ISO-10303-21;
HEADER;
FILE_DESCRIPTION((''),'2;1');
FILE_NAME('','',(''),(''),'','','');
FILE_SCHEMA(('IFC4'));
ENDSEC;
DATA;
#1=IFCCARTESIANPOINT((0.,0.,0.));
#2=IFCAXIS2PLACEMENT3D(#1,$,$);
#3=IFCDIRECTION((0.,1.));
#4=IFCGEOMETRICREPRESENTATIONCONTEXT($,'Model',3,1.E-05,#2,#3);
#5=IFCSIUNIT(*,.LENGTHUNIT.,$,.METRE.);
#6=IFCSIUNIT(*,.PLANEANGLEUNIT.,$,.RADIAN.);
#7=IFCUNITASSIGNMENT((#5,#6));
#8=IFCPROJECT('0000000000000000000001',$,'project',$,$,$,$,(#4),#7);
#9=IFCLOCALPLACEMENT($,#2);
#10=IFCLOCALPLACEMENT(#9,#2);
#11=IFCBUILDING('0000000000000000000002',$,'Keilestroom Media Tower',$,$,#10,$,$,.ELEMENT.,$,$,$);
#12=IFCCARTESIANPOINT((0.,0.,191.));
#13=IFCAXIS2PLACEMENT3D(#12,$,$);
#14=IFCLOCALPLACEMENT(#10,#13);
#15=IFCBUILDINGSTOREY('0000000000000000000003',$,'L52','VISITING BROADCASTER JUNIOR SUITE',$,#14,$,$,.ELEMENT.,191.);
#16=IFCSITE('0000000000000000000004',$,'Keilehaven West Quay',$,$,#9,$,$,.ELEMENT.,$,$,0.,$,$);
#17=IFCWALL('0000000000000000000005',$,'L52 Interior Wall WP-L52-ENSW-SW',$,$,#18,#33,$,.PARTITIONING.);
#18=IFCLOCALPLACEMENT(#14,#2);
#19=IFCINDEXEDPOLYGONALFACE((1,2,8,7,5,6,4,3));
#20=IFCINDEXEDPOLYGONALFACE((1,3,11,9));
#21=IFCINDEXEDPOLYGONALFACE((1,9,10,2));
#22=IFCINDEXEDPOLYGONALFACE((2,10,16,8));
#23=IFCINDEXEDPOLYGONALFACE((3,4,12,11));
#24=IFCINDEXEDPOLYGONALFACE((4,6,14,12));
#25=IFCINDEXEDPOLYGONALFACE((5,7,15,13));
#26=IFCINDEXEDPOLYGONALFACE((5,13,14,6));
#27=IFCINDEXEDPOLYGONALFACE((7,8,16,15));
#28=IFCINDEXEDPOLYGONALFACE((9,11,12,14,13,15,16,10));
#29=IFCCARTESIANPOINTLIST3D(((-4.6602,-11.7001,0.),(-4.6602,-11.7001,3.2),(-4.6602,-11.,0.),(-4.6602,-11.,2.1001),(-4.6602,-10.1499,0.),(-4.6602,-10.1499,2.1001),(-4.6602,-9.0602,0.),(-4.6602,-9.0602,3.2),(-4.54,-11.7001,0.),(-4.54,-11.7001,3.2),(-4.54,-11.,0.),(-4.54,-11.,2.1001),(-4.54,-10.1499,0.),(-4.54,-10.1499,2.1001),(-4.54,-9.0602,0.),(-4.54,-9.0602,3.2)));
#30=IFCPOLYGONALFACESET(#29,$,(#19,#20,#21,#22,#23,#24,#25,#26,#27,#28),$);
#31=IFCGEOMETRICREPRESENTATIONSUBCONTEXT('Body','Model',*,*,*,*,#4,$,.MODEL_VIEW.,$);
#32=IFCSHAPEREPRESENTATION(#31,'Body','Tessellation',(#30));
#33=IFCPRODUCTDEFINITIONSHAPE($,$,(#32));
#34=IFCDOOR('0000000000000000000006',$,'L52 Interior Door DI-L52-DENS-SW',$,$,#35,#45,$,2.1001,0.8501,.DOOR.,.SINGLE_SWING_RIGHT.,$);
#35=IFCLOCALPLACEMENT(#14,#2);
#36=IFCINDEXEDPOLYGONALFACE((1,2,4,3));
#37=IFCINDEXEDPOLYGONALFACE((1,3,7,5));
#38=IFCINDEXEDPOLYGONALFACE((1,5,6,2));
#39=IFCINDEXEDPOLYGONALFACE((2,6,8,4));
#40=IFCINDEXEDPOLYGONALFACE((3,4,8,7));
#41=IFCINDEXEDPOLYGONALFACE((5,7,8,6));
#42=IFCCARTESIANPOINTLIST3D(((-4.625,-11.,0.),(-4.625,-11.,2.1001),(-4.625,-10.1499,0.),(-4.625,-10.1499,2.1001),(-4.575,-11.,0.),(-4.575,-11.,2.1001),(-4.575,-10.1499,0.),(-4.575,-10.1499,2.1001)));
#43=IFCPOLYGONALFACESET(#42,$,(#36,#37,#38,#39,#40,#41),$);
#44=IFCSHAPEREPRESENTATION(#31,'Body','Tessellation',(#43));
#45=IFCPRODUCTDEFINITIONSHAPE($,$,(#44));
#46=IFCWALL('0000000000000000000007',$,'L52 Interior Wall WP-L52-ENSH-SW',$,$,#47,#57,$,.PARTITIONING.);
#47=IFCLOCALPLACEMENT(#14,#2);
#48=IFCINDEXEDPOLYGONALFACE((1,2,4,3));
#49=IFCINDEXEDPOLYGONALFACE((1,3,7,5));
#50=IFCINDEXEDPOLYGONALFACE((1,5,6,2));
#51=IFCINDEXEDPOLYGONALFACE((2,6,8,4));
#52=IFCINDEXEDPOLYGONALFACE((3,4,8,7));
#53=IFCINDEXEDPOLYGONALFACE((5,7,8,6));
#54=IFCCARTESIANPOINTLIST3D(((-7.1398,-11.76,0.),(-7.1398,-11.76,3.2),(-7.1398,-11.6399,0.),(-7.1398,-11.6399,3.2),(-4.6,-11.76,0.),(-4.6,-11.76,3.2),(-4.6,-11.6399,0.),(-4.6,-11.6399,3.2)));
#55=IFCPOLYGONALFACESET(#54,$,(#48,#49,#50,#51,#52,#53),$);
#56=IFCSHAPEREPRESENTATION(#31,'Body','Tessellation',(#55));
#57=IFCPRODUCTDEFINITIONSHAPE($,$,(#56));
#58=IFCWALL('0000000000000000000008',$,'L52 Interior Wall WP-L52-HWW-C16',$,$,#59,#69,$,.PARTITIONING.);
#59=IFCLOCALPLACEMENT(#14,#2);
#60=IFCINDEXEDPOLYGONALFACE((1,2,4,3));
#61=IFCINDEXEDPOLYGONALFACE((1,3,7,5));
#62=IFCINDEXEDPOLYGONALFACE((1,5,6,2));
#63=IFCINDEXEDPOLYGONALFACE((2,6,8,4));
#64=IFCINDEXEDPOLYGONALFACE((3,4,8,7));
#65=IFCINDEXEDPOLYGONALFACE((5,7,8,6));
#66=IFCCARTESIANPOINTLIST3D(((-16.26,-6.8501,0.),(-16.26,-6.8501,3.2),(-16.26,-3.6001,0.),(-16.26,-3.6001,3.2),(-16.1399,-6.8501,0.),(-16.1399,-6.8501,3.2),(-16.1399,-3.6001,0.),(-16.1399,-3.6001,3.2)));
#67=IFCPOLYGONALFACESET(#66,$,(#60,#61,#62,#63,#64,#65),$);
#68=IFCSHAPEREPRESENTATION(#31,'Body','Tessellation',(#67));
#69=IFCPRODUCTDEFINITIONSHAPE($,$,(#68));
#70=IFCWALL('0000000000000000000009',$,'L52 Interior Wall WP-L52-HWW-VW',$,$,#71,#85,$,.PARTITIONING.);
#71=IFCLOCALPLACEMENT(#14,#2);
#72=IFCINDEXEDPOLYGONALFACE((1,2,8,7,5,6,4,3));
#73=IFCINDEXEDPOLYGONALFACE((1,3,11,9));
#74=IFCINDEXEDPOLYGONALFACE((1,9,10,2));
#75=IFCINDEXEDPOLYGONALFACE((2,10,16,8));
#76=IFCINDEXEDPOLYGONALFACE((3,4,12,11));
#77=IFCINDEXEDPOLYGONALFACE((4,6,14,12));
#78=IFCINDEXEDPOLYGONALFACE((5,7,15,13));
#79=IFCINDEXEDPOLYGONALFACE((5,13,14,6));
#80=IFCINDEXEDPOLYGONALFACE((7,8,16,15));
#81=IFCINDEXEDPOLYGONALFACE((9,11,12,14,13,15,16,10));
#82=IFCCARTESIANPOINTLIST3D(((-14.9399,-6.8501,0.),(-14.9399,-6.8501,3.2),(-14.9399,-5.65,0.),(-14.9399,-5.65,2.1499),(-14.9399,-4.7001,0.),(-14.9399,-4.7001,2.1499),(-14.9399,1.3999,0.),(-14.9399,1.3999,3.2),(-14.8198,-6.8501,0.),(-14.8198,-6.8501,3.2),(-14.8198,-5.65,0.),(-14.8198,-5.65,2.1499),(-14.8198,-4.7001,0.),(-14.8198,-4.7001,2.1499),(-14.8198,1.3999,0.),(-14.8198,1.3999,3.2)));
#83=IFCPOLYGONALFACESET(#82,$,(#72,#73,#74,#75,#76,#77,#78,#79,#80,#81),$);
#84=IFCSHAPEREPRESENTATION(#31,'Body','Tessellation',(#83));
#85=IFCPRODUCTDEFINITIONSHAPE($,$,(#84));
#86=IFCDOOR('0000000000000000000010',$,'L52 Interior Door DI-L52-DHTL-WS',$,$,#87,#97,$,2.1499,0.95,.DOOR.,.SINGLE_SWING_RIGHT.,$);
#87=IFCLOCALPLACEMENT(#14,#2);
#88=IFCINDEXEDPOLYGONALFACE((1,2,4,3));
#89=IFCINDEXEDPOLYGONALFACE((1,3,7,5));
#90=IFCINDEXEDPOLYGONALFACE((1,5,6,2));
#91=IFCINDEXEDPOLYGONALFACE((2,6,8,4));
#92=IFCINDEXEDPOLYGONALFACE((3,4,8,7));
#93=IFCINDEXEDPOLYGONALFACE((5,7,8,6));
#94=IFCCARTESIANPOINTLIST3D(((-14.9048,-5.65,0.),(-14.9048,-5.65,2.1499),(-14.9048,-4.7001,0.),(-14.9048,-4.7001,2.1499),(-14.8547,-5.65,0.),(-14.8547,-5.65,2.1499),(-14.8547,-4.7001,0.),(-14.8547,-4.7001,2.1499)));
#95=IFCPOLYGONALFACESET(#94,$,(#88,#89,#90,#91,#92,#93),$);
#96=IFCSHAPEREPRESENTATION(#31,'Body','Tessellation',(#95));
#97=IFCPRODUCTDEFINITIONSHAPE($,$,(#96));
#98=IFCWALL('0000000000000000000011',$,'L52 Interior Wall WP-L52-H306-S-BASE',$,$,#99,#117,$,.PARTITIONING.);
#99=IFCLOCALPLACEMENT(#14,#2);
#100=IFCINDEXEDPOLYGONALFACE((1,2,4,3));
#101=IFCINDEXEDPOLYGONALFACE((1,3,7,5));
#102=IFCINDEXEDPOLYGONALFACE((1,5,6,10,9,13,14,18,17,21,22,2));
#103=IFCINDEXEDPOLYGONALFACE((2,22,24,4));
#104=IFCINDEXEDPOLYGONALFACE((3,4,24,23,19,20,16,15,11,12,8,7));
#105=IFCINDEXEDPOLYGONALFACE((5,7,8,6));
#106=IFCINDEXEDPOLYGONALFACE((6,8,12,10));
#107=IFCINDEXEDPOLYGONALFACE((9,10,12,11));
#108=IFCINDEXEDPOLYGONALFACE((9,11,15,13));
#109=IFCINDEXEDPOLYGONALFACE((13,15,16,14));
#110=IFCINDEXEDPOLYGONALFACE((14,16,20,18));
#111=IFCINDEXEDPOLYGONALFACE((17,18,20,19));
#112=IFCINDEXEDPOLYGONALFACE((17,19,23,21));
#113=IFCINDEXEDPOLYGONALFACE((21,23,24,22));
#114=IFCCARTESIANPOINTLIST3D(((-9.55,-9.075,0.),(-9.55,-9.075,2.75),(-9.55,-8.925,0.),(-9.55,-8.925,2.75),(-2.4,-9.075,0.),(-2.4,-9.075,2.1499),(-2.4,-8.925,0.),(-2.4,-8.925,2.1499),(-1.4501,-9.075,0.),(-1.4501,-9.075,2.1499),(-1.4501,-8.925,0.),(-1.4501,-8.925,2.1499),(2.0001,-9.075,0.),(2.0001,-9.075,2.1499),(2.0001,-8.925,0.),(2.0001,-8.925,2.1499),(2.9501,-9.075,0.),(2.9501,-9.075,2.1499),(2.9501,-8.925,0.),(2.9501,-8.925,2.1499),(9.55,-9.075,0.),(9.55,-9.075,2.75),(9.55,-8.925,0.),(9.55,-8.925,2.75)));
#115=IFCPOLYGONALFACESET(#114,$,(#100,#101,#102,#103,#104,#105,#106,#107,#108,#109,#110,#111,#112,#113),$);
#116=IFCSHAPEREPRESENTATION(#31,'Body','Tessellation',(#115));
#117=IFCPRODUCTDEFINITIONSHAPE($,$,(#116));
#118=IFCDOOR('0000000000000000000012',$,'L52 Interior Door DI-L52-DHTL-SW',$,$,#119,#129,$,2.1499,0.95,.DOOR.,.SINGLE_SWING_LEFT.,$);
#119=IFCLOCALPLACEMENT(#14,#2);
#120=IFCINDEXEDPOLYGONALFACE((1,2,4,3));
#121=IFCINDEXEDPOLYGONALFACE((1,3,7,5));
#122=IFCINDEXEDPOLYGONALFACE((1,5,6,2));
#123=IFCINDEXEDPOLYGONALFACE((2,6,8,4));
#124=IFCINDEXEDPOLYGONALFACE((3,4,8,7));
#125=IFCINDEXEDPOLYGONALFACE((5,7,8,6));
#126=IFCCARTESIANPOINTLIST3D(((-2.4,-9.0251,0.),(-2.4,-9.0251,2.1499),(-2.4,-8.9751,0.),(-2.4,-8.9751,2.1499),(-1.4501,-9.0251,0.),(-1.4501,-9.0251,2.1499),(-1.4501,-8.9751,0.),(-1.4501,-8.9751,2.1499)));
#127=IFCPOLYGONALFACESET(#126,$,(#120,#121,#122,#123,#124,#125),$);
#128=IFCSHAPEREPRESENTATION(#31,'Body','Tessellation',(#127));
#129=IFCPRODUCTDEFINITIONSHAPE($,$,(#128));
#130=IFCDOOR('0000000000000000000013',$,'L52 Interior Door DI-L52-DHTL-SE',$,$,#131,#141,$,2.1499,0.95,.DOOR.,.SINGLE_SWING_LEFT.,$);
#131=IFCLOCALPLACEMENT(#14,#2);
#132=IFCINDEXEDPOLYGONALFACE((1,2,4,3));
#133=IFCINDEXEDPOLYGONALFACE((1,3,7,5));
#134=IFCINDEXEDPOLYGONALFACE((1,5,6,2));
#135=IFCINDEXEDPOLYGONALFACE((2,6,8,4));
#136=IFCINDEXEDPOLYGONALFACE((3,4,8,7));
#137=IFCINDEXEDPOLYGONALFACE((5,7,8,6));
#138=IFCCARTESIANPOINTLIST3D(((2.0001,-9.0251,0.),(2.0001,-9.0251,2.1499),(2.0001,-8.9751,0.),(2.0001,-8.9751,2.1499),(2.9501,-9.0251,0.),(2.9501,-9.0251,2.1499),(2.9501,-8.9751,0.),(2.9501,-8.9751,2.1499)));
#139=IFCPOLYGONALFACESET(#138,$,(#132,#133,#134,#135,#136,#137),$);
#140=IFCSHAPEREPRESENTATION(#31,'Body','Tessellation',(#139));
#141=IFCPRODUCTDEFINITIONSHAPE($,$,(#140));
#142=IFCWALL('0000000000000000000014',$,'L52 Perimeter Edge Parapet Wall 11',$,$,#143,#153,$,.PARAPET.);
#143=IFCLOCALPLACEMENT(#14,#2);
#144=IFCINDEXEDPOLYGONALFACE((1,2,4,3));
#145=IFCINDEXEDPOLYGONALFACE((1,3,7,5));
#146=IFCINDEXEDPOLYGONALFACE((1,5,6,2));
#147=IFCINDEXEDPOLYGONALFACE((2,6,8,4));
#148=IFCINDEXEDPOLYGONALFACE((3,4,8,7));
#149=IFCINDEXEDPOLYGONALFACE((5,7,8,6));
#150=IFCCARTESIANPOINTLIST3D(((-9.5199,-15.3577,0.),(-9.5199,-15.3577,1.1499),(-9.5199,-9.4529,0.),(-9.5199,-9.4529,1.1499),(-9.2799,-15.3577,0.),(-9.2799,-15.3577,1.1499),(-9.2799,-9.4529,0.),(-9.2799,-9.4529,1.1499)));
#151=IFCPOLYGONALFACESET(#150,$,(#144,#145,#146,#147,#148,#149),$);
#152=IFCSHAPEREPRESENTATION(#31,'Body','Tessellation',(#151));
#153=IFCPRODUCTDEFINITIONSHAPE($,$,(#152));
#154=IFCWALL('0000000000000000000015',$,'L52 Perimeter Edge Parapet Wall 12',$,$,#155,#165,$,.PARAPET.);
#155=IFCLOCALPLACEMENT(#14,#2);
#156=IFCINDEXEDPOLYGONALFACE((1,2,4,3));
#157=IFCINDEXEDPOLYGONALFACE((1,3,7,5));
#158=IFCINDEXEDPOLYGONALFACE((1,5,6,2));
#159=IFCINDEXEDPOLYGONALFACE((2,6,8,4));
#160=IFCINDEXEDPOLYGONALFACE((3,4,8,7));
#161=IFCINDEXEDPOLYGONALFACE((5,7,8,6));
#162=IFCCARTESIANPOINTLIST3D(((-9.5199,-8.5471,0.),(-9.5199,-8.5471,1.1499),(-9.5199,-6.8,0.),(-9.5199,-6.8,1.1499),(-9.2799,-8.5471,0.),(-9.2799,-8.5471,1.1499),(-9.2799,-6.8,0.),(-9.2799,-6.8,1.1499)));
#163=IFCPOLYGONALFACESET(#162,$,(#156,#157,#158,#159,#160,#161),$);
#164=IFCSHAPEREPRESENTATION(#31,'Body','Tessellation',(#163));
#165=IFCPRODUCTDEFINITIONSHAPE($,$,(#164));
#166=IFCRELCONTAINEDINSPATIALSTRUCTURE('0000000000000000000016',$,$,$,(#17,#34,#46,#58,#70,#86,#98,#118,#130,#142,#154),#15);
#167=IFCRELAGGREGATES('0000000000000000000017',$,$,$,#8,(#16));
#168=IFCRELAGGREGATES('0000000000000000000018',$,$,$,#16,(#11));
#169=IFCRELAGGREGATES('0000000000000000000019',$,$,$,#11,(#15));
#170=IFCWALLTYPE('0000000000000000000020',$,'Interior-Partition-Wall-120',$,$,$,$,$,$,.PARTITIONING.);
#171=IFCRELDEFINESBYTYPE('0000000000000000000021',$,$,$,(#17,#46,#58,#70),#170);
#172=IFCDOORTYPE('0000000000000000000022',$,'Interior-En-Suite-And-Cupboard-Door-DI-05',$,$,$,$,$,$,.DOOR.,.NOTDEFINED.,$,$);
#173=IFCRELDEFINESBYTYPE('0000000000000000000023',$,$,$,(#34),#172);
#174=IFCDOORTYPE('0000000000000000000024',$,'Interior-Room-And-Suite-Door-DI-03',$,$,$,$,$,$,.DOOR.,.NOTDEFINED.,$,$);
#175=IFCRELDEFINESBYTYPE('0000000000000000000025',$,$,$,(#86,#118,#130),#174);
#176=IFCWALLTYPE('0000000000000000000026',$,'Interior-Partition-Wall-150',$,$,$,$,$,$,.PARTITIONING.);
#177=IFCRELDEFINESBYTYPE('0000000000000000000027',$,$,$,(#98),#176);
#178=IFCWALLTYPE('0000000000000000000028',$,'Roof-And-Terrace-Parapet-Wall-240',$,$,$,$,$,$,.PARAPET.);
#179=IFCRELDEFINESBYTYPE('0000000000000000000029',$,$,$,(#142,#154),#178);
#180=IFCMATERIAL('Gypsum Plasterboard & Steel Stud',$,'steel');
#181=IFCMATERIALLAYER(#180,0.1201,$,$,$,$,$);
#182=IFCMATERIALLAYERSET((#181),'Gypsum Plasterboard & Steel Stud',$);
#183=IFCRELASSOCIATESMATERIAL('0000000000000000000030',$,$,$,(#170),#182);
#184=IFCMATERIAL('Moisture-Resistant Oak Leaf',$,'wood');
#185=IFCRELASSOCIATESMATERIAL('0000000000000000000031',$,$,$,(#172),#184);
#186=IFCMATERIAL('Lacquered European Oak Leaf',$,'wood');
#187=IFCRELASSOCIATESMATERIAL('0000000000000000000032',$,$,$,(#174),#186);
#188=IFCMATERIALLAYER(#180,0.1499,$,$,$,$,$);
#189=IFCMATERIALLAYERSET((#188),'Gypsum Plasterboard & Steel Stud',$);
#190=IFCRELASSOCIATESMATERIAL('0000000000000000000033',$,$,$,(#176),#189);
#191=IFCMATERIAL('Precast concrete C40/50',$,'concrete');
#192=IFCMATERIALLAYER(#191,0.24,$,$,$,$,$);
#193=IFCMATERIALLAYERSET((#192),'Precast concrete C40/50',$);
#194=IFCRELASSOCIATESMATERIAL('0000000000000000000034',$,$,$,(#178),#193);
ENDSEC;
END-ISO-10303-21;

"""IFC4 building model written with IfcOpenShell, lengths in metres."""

from ifc_helpers import new_model, si_unit, direction, frame, frame_2d, origin, place, context, subcontext, project, spatial, rectangle, extrude, source, transform, mapped, material, layer, layer_set, type_object, element, fill, save


model = new_model("IFC4")

# Units and contexts
model_context = context("Model", 3, precision=1e-05, world=origin(), true_north=direction((0.0, 1.0)))
body_context = subcontext(model_context, "Body", "Model", "MODEL_VIEW")
ifc_project = project(units=[si_unit("LENGTHUNIT", "METRE"), si_unit("PLANEANGLEUNIT", "RADIAN")], contexts=[model_context])

# Site, building, storey
site_placement = place(None, origin())
site = spatial("IfcSite", under=ifc_project, at=site_placement, Name="Keilehaven West Quay", CompositionType="ELEMENT", RefElevation=0.0)
building_placement = place(site_placement, origin())
building = spatial("IfcBuilding", under=site, at=building_placement, Name="Keilestroom Media Tower", CompositionType="ELEMENT")
storey_placement = place(building_placement, frame((0.0, 0.0, 191.0)))
storey = spatial("IfcBuildingStorey", under=building, at=storey_placement, Name="L52", Description="VISITING BROADCASTER JUNIOR SUITE", CompositionType="ELEMENT", Elevation=191.0)

# Shared definitions
ifc_material_1 = material(Name="Precast concrete C40/50", Category="concrete")

# Wall, opening, door
ifc_material_2 = material(Name="Gypsum Plasterboard & Steel Stud", Category="steel")
ifc_layer_1 = layer(ifc_material_2, 0.1201)
ifc_layer_set_1 = layer_set([ifc_layer_1], Name="Gypsum Plasterboard & Steel Stud")
wall_type_1 = type_object("IfcWallType", Name="Interior-Partition-Wall-120", PredefinedType="PARTITIONING", material=ifc_layer_set_1)
wall_1_placement = place(storey_placement, frame((-4.6001, -11.7, 0.0), z_axis=(0.0, 0.0, 1.0), x_axis=(0.0, 1.0, 0.0)))
wall_1 = element("IfcWall", 1, at=wall_1_placement, inside=storey, type_object=wall_type_1, Name="L52 Interior Wall WP-L52-ENSW-SW", PredefinedType="PARTITIONING", context=body_context, shape_type="SweptSolid", body=[
    extrude(rectangle(XDim=2.6399, YDim=0.1201, at=frame_2d((1.3198, 0.0))), origin(), (0.0, 0.0, 1.0), 3.2),
])
opening_1_placement = place(wall_1_placement, frame((0.7, 0.0, 0.0)))
opening_1 = element("IfcOpeningElement", 2, at=opening_1_placement, cuts=wall_1, PredefinedType="OPENING", context=body_context, shape_type="SweptSolid", body=[
    extrude(rectangle(XDim=0.8501, YDim=2.1001, at=frame_2d((0.425, 1.05))), frame((0.0, 0.0701, 0.0), z_axis=(0.0, -1.0, 0.0), x_axis=(1.0, 0.0, 0.0)), (0.0, 0.0, 1.0), 0.1401),
])
ifc_material_3 = material(Name="Moisture-Resistant Oak Leaf", Category="wood")
door_type_1 = type_object("IfcDoorType", Name="Interior-En-Suite-And-Cupboard-Door-DI-05", OperationType="NOTDEFINED", PredefinedType="DOOR", material=ifc_material_3)
shared_shape_1 = source(origin(), body_context, "Body", "SweptSolid", [
    extrude(rectangle(XDim=0.8501, YDim=2.1001, at=frame_2d((0.425, 1.05))), frame((0.0, 0.0249, 0.0), z_axis=(0.0, -1.0, 0.0), x_axis=(1.0, 0.0, 0.0)), (0.0, 0.0, 1.0), 0.05),
])
door_1_placement = place(opening_1_placement, origin())
door_1 = element("IfcDoor", 3, at=door_1_placement, inside=storey, type_object=door_type_1, Name="L52 Interior Door DI-L52-DENS-SW", OperationType="SINGLE_SWING_RIGHT", OverallHeight=2.1001, OverallWidth=0.8501, PredefinedType="DOOR", context=body_context, shape_type="MappedRepresentation", body=[
    mapped(shared_shape_1, transform((0.0, 0.0, 0.0), x_axis=(1.0, 0.0, 0.0), y_axis=(0.0, 1.0, 0.0), z_axis=(0.0, 0.0, 1.0), scale=1.0)),
])
fill(opening_1, door_1)

# Walls
wall_2_placement = place(storey_placement, frame((-7.1399, -11.7, 0.0), z_axis=(0.0, 0.0, 1.0), x_axis=(1.0, 0.0, 0.0)))
element("IfcWall", 4, at=wall_2_placement, inside=storey, type_object=wall_type_1, Name="L52 Interior Wall WP-L52-ENSH-SW", PredefinedType="PARTITIONING", context=body_context, shape_type="SweptSolid", body=[
    extrude(rectangle(XDim=2.5398, YDim=0.1201, at=frame_2d((1.27, 0.0))), origin(), (0.0, 0.0, 1.0), 3.2),
])
wall_3_placement = place(storey_placement, frame((-16.2, -6.8501, 0.0), z_axis=(0.0, 0.0, 1.0), x_axis=(0.0, 1.0, 0.0)))
element("IfcWall", 5, at=wall_3_placement, inside=storey, type_object=wall_type_1, Name="L52 Interior Wall WP-L52-HWW-C16", PredefinedType="PARTITIONING", context=body_context, shape_type="SweptSolid", body=[
    extrude(rectangle(XDim=3.25, YDim=0.1201, at=frame_2d((1.625, 0.0))), origin(), (0.0, 0.0, 1.0), 3.2),
])

# Wall, opening, door
wall_4_placement = place(storey_placement, frame((-14.8799, -6.8501, 0.0), z_axis=(0.0, 0.0, 1.0), x_axis=(0.0, 1.0, 0.0)))
wall_4 = element("IfcWall", 6, at=wall_4_placement, inside=storey, type_object=wall_type_1, Name="L52 Interior Wall WP-L52-HWW-VW", PredefinedType="PARTITIONING", context=body_context, shape_type="SweptSolid", body=[
    extrude(rectangle(XDim=8.25, YDim=0.1201, at=frame_2d((4.125, 0.0))), origin(), (0.0, 0.0, 1.0), 3.2),
])
opening_2_placement = place(wall_4_placement, frame((1.2, 0.0, 0.0)))
opening_2 = element("IfcOpeningElement", 7, at=opening_2_placement, cuts=wall_4, PredefinedType="OPENING", context=body_context, shape_type="SweptSolid", body=[
    extrude(rectangle(XDim=0.95, YDim=2.1499, at=frame_2d((0.4751, 1.075))), frame((0.0, 0.0701, 0.0), z_axis=(0.0, -1.0, 0.0), x_axis=(1.0, 0.0, 0.0)), (0.0, 0.0, 1.0), 0.1401),
])
ifc_material_4 = material(Name="Lacquered European Oak Leaf", Category="wood")
door_type_2 = type_object("IfcDoorType", Name="Interior-Room-And-Suite-Door-DI-03", OperationType="NOTDEFINED", PredefinedType="DOOR", material=ifc_material_4)
shared_shape_2 = source(origin(), body_context, "Body", "SweptSolid", [
    extrude(rectangle(XDim=0.95, YDim=2.1499, at=frame_2d((0.4751, 1.075))), frame((0.0, 0.0249, 0.0), z_axis=(0.0, -1.0, 0.0), x_axis=(1.0, 0.0, 0.0)), (0.0, 0.0, 1.0), 0.05),
])
door_2_placement = place(opening_2_placement, origin())
door_2 = element("IfcDoor", 8, at=door_2_placement, inside=storey, type_object=door_type_2, Name="L52 Interior Door DI-L52-DHTL-WS", OperationType="SINGLE_SWING_RIGHT", OverallHeight=2.1499, OverallWidth=0.95, PredefinedType="DOOR", context=body_context, shape_type="MappedRepresentation", body=[
    mapped(shared_shape_2, transform((0.0, 0.0, 0.0), x_axis=(1.0, 0.0, 0.0), y_axis=(0.0, 1.0, 0.0), z_axis=(0.0, 0.0, 1.0), scale=1.0)),
])
fill(opening_2, door_2)

# Wall, openings, doors
ifc_layer_2 = layer(ifc_material_2, 0.1499)
ifc_layer_set_2 = layer_set([ifc_layer_2], Name="Gypsum Plasterboard & Steel Stud")
wall_type_2 = type_object("IfcWallType", Name="Interior-Partition-Wall-150", PredefinedType="PARTITIONING", material=ifc_layer_set_2)
wall_5_placement = place(storey_placement, frame((-9.55, -9.0, 0.0), z_axis=(0.0, 0.0, 1.0), x_axis=(1.0, 0.0, 0.0)))
wall_5 = element("IfcWall", 9, at=wall_5_placement, inside=storey, type_object=wall_type_2, Name="L52 Interior Wall WP-L52-H306-S-BASE", PredefinedType="PARTITIONING", context=body_context, shape_type="SweptSolid", body=[
    extrude(rectangle(XDim=19.1001, YDim=0.1499, at=frame_2d((9.55, 0.0))), origin(), (0.0, 0.0, 1.0), 2.75),
])
opening_3_placement = place(wall_5_placement, frame((7.1499, 0.0, 0.0)))
opening_3 = element("IfcOpeningElement", 10, at=opening_3_placement, cuts=wall_5, PredefinedType="OPENING", context=body_context, shape_type="SweptSolid", body=[
    extrude(rectangle(XDim=0.95, YDim=2.1499, at=frame_2d((0.4751, 1.075))), frame((0.0, 0.085, 0.0), z_axis=(0.0, -1.0, 0.0), x_axis=(1.0, 0.0, 0.0)), (0.0, 0.0, 1.0), 0.1699),
])
opening_4_placement = place(wall_5_placement, frame((11.55, 0.0, 0.0)))
opening_4 = element("IfcOpeningElement", 11, at=opening_4_placement, cuts=wall_5, PredefinedType="OPENING", context=body_context, shape_type="SweptSolid", body=[
    extrude(rectangle(XDim=0.95, YDim=2.1499, at=frame_2d((0.4751, 1.075))), frame((0.0, 0.085, 0.0), z_axis=(0.0, -1.0, 0.0), x_axis=(1.0, 0.0, 0.0)), (0.0, 0.0, 1.0), 0.1699),
])
door_3_placement = place(opening_3_placement, origin())
door_3 = element("IfcDoor", 12, at=door_3_placement, inside=storey, type_object=door_type_2, Name="L52 Interior Door DI-L52-DHTL-SW", OperationType="SINGLE_SWING_LEFT", OverallHeight=2.1499, OverallWidth=0.95, PredefinedType="DOOR", context=body_context, shape_type="MappedRepresentation", body=[
    mapped(shared_shape_2, transform((0.0, 0.0, 0.0), x_axis=(1.0, 0.0, 0.0), y_axis=(0.0, 1.0, 0.0), z_axis=(0.0, 0.0, 1.0), scale=1.0)),
])
fill(opening_3, door_3)
door_4_placement = place(opening_4_placement, origin())
door_4 = element("IfcDoor", 13, at=door_4_placement, inside=storey, type_object=door_type_2, Name="L52 Interior Door DI-L52-DHTL-SE", OperationType="SINGLE_SWING_LEFT", OverallHeight=2.1499, OverallWidth=0.95, PredefinedType="DOOR", context=body_context, shape_type="MappedRepresentation", body=[
    mapped(shared_shape_2, transform((0.0, 0.0, 0.0), x_axis=(1.0, 0.0, 0.0), y_axis=(0.0, 1.0, 0.0), z_axis=(0.0, 0.0, 1.0), scale=1.0)),
])
fill(opening_4, door_4)

# Walls
ifc_layer_3 = layer(ifc_material_1, 0.24)
ifc_layer_set_3 = layer_set([ifc_layer_3], Name="Precast concrete C40/50")
wall_type_3 = type_object("IfcWallType", Name="Roof-And-Terrace-Parapet-Wall-240", PredefinedType="PARAPET", material=ifc_layer_set_3)
wall_6_placement = place(storey_placement, frame((-9.3999, -15.3577, 0.0), z_axis=(0.0, 0.0, 1.0), x_axis=(0.0, 1.0, 0.0)))
element("IfcWall", 14, at=wall_6_placement, inside=storey, type_object=wall_type_3, Name="L52 Perimeter Edge Parapet Wall 11", PredefinedType="PARAPET", context=body_context, shape_type="SweptSolid", body=[
    extrude(rectangle(XDim=5.9048, YDim=0.24, at=frame_2d((2.9524, 0.0))), origin(), (0.0, 0.0, 1.0), 1.1499),
])
wall_7_placement = place(storey_placement, frame((-9.3999, -8.5471, 0.0), z_axis=(0.0, 0.0, 1.0), x_axis=(0.0, 1.0, 0.0)))
element("IfcWall", 15, at=wall_7_placement, inside=storey, type_object=wall_type_3, Name="L52 Perimeter Edge Parapet Wall 12", PredefinedType="PARAPET", context=body_context, shape_type="SweptSolid", body=[
    extrude(rectangle(XDim=1.7471, YDim=0.24, at=frame_2d((0.8735, 0.0))), origin(), (0.0, 0.0, 1.0), 1.1499),
])

save(model, "model.ifc")
